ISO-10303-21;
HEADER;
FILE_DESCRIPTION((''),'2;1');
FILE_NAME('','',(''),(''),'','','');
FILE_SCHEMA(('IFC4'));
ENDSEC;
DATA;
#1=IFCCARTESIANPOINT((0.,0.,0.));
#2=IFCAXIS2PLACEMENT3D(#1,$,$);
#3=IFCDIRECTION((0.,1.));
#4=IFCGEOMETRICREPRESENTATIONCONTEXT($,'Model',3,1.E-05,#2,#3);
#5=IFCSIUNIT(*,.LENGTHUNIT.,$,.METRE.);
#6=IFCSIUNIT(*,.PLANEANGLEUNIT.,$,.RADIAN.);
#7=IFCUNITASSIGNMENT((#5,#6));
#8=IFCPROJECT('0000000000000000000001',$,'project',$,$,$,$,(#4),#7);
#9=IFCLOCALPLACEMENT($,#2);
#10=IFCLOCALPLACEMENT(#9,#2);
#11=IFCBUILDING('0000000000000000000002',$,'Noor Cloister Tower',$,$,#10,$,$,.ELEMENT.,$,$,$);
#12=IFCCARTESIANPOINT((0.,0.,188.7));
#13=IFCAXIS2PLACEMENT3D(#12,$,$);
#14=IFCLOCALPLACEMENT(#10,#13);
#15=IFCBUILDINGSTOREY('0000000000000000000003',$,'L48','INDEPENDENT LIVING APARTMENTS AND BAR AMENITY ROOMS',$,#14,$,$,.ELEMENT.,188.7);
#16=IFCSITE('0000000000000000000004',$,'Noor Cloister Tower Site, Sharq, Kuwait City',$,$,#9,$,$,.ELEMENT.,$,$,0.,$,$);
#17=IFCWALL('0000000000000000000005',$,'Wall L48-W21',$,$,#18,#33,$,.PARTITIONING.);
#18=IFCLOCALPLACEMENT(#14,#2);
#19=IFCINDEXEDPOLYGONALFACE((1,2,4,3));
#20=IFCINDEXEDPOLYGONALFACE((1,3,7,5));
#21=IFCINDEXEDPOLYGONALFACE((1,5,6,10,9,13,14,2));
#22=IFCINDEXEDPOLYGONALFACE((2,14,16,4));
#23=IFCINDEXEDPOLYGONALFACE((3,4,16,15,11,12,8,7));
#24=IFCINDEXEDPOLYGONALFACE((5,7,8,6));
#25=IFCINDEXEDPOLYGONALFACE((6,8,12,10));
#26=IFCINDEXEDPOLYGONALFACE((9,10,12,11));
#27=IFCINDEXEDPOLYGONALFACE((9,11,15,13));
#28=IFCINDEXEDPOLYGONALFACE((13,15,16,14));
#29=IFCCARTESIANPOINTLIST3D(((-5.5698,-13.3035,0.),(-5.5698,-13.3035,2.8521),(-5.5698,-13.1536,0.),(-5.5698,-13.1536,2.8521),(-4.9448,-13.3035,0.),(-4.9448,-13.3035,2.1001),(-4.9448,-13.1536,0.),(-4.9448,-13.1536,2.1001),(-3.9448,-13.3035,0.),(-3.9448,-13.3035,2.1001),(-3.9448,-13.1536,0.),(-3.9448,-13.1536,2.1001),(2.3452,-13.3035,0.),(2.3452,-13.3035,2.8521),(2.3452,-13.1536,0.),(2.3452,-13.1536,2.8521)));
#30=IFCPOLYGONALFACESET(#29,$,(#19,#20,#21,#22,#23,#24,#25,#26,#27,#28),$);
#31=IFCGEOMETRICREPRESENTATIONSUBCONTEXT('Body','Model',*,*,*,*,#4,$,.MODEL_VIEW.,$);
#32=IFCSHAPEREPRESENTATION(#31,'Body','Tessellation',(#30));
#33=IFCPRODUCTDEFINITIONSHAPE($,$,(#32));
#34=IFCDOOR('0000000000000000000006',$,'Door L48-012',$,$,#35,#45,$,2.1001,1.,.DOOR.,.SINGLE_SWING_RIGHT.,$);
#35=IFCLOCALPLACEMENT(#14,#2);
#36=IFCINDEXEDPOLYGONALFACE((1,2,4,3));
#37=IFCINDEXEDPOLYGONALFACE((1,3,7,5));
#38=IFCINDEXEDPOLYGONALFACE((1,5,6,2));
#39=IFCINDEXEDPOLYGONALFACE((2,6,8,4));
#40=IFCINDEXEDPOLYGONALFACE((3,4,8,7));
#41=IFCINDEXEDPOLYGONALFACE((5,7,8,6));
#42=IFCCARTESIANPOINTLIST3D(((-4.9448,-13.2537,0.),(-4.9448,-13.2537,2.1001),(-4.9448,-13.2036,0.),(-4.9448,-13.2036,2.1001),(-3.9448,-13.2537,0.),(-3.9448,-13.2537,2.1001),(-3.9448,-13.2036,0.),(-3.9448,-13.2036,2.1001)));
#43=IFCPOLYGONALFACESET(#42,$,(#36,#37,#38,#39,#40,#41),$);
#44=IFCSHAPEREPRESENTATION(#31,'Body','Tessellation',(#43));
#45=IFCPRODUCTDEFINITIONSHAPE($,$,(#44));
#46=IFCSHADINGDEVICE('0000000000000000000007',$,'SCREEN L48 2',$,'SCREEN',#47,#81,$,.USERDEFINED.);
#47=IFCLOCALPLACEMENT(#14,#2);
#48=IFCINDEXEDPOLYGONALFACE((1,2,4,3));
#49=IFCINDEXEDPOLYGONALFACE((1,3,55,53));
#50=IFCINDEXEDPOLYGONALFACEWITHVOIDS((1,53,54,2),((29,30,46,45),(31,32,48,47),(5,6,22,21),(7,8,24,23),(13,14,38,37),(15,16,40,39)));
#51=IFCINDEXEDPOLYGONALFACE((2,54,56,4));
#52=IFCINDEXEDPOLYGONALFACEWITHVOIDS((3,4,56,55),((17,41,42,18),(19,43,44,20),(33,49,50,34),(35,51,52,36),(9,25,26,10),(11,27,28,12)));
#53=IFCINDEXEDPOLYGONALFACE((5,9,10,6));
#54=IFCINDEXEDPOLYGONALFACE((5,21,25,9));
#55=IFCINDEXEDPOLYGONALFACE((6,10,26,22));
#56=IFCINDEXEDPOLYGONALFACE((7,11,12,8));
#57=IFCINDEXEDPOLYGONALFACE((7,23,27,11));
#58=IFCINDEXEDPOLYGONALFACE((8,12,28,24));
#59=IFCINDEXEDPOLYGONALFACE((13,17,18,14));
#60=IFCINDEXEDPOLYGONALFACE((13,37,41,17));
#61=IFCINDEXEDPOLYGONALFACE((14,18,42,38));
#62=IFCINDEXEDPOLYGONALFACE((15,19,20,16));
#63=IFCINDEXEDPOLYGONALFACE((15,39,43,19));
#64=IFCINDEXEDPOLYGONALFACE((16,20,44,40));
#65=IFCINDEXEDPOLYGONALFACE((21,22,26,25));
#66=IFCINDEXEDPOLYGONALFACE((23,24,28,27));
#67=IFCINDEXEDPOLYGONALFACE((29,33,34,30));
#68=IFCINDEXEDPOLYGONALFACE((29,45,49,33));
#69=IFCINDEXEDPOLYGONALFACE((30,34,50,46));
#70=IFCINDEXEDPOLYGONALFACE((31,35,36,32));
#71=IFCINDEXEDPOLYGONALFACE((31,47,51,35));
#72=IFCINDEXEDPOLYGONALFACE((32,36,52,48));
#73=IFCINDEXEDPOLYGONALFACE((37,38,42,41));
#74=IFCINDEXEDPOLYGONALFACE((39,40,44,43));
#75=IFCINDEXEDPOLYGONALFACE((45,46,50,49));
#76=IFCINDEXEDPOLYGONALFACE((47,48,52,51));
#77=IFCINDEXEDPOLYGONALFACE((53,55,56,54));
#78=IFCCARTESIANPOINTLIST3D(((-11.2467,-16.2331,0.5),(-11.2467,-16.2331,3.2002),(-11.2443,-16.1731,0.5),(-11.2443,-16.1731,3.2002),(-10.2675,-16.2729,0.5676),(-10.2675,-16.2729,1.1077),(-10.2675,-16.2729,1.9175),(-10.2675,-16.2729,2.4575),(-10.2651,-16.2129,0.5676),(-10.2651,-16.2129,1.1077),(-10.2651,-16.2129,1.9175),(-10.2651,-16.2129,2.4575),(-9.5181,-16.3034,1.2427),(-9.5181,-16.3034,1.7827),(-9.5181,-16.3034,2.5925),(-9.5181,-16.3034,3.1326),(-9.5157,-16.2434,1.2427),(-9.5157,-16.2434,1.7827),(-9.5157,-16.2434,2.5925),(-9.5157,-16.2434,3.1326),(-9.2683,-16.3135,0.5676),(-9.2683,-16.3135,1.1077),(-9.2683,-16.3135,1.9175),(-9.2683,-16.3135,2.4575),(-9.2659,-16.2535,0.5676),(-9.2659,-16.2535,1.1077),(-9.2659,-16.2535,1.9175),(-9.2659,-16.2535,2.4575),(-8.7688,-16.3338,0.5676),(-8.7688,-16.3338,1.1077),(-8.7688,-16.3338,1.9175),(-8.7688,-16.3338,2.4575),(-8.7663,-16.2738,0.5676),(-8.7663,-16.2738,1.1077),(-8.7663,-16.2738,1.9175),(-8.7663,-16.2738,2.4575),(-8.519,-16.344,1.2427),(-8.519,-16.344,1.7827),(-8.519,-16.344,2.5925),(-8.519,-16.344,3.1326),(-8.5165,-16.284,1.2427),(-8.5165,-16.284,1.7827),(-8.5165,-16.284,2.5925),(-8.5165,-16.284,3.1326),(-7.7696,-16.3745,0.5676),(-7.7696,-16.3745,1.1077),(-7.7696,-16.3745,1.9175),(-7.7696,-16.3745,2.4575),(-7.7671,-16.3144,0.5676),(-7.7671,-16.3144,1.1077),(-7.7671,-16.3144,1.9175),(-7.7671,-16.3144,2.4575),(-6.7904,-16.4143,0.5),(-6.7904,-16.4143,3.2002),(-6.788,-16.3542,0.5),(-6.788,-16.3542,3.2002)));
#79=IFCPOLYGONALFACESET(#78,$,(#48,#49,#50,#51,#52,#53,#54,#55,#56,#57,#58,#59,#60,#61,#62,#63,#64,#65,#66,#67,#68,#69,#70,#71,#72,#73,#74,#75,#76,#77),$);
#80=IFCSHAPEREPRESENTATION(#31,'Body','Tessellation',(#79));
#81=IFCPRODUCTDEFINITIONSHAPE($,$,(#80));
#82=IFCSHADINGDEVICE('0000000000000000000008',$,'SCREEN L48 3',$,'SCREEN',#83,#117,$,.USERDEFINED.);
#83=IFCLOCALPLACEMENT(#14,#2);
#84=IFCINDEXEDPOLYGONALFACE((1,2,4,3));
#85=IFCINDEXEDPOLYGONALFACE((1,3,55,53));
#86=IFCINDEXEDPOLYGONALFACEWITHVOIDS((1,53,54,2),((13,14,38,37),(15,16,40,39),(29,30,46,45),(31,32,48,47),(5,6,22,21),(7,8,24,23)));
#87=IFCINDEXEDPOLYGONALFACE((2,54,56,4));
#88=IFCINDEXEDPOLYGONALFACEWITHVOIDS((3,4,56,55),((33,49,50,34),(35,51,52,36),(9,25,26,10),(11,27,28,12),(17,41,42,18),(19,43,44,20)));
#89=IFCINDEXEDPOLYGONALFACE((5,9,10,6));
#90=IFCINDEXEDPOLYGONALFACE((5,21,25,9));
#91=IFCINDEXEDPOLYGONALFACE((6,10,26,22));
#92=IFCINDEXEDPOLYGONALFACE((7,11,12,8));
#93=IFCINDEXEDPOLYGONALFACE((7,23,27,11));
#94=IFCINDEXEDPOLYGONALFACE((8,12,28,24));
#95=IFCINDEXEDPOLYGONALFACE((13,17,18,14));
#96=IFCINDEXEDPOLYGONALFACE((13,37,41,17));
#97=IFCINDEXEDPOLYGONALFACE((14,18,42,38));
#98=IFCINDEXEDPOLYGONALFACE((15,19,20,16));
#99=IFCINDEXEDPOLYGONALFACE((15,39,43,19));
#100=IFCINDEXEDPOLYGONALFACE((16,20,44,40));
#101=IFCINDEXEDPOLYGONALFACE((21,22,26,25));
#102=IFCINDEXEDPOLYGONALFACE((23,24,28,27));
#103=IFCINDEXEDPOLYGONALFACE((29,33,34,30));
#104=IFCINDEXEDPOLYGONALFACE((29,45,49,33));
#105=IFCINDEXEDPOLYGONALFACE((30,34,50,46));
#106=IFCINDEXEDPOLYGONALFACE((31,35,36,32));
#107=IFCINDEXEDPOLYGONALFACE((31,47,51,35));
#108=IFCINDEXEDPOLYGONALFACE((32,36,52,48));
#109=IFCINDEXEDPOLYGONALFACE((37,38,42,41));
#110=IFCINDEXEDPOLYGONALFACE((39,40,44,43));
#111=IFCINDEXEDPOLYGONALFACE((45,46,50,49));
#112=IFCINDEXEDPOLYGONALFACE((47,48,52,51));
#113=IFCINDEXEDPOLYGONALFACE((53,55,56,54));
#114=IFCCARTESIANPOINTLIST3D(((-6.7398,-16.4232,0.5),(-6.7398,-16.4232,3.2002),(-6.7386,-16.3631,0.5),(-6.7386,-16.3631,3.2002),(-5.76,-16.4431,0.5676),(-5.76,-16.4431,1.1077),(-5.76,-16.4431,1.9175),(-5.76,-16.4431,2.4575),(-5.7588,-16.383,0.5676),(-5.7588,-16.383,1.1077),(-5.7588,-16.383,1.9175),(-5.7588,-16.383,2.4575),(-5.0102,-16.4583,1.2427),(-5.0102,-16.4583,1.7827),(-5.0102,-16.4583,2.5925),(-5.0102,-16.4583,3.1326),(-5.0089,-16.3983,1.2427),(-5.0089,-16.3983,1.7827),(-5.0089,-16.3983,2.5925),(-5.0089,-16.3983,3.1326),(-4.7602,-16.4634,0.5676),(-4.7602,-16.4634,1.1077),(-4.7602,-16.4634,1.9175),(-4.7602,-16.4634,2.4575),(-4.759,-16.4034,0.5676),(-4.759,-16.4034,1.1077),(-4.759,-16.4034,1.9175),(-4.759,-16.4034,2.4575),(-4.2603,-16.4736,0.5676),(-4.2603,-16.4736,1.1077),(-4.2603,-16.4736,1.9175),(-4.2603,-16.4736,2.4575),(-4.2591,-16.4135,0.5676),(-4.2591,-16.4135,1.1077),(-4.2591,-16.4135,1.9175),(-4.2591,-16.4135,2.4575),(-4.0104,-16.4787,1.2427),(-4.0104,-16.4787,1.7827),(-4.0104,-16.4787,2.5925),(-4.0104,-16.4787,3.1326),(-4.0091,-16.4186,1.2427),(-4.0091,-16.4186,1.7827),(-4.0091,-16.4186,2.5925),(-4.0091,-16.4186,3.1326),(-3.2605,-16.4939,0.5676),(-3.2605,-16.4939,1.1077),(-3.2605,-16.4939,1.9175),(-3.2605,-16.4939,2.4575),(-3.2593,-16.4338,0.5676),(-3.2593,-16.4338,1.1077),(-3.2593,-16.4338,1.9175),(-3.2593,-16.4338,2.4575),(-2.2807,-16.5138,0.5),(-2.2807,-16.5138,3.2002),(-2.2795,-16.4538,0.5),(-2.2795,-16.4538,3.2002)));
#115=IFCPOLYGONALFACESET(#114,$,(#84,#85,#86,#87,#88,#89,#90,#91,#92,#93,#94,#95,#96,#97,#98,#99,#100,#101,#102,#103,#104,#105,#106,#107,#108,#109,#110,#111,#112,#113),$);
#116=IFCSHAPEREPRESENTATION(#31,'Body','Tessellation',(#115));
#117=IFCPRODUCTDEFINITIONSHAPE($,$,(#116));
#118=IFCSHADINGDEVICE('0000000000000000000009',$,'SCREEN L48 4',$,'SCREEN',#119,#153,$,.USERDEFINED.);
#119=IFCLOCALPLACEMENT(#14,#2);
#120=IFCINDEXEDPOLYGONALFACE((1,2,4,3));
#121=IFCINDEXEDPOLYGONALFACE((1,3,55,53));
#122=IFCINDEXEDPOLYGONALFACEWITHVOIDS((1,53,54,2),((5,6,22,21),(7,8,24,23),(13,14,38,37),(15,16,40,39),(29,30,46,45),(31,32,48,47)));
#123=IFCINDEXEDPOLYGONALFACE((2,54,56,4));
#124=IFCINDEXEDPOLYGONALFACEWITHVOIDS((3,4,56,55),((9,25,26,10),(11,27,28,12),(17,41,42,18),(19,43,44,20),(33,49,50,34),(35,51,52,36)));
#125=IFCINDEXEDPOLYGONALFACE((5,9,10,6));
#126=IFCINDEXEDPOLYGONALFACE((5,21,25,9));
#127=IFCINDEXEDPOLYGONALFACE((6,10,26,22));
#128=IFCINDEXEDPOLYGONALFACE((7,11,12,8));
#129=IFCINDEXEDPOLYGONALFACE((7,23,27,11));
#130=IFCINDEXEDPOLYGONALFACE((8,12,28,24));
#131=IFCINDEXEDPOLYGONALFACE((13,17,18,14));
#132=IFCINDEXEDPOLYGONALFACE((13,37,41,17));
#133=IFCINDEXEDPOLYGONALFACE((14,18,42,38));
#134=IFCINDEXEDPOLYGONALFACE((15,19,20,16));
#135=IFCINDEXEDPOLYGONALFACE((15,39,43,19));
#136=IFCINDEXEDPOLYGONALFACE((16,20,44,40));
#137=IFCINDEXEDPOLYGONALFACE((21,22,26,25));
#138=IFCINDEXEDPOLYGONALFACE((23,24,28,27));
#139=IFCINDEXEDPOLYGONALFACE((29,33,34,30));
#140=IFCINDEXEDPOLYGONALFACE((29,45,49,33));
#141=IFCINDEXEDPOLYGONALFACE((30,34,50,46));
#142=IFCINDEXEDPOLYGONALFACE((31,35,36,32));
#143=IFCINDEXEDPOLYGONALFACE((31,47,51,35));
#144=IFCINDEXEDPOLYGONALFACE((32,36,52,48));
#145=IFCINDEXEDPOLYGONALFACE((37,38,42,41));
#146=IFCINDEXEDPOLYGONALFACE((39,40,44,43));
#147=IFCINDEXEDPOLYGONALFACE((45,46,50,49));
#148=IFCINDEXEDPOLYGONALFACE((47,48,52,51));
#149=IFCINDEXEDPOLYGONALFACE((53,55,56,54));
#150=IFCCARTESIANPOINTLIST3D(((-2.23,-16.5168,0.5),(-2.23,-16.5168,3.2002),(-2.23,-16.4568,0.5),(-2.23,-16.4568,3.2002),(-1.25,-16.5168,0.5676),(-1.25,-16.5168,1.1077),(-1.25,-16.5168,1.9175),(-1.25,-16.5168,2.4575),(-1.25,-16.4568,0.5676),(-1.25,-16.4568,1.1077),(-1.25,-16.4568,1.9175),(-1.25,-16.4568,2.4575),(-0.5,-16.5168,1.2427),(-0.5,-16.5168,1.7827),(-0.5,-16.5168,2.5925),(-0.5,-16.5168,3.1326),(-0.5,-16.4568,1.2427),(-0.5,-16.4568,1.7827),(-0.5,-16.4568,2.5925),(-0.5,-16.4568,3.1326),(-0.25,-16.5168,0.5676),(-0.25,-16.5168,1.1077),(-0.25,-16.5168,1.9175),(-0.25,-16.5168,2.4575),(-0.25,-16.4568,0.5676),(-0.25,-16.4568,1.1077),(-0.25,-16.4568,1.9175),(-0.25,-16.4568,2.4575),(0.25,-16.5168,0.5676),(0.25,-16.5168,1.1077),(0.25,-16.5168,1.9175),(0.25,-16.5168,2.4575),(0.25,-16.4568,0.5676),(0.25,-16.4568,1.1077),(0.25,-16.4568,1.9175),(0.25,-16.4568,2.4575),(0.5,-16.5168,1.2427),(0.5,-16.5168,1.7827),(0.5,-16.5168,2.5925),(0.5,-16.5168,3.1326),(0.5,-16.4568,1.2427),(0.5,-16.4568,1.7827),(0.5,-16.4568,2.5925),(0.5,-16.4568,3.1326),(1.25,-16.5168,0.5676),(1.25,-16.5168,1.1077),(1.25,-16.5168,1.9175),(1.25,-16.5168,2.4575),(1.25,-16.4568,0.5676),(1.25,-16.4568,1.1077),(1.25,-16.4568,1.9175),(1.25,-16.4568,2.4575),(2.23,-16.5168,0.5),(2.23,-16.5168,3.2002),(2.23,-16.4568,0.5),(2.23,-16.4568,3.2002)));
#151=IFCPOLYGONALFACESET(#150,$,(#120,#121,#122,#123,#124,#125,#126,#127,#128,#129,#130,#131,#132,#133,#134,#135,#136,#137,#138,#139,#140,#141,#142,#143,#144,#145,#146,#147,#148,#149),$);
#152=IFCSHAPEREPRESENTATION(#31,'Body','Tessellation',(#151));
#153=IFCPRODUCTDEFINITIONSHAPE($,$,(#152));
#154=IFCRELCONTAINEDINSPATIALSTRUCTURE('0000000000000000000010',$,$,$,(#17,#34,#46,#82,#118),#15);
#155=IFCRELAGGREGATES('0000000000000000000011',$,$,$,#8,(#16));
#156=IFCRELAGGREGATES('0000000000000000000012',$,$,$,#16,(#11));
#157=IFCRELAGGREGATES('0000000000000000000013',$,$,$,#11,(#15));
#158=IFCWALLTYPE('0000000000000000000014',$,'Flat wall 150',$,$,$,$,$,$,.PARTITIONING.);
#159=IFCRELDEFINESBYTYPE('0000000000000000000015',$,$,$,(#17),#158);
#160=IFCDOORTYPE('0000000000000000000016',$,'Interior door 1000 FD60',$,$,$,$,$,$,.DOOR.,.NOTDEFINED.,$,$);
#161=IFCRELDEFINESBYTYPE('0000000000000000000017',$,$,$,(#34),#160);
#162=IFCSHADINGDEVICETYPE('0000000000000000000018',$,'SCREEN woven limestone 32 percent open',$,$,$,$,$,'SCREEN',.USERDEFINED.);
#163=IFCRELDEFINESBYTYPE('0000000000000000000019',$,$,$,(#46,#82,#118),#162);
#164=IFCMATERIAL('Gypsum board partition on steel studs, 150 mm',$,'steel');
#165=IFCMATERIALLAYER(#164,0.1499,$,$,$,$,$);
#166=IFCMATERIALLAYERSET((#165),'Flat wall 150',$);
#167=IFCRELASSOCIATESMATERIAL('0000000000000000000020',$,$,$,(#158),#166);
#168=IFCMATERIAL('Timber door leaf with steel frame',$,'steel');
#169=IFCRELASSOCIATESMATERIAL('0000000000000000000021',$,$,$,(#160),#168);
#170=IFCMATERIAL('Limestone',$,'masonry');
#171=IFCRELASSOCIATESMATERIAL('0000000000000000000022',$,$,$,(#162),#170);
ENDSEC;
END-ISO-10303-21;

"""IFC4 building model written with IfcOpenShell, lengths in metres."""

from ifc_helpers import new_model, si_unit, direction, frame, frame_2d, origin, place, context, subcontext, project, spatial, polyline, rectangle, outline, extrude, material, layer, layer_set, material_profile, profile_set, type_object, element, fill, save


model = new_model("IFC4")

# Units and contexts
model_context = context("Model", 3, precision=1e-05, world=origin(), true_north=direction((0.0, 1.0)))
body_context = subcontext(model_context, "Body", "Model", "MODEL_VIEW")
ifc_project = project(units=[si_unit("LENGTHUNIT", "METRE"), si_unit("PLANEANGLEUNIT", "RADIAN")], contexts=[model_context])

# Site, building, storey
site_placement = place(None, origin())
site = spatial("IfcSite", under=ifc_project, at=site_placement, Name="Noor Cloister Tower Site, Sharq, Kuwait City", CompositionType="ELEMENT", RefElevation=0.0)
building_placement = place(site_placement, origin())
building = spatial("IfcBuilding", under=site, at=building_placement, Name="Noor Cloister Tower", CompositionType="ELEMENT")
storey_placement = place(building_placement, frame((0.0, 0.0, 188.7)))
storey = spatial("IfcBuildingStorey", under=building, at=storey_placement, Name="L48", Description="INDEPENDENT LIVING APARTMENTS AND BAR AMENITY ROOMS", CompositionType="ELEMENT", Elevation=188.7)

# Wall, opening, door
ifc_material_1 = material(Name="Gypsum board partition on steel studs, 150 mm", Category="steel")
ifc_layer_1 = layer(ifc_material_1, 0.1499)
ifc_layer_set_1 = layer_set([ifc_layer_1], Name="Flat wall 150")
wall_type = type_object("IfcWallType", Name="Flat wall 150", PredefinedType="PARTITIONING", material=ifc_layer_set_1)
wall_placement = place(storey_placement, frame((-5.5698, -13.2285, 0.0), z_axis=(0.0, 0.0, 1.0), x_axis=(1.0, 0.0, 0.0)))
wall = element("IfcWall", 1, at=wall_placement, inside=storey, type_object=wall_type, Name="Wall L48-W21", PredefinedType="PARTITIONING", context=body_context, shape_type="SweptSolid", body=[
    extrude(rectangle(XDim=7.915, YDim=0.1499, at=frame_2d((3.9575, 0.0))), origin(), (0.0, 0.0, 1.0), 2.8521),
])
opening_placement = place(wall_placement, frame((0.625, 0.0, 0.0)))
opening = element("IfcOpeningElement", 2, at=opening_placement, cuts=wall, PredefinedType="OPENING", context=body_context, shape_type="SweptSolid", body=[
    extrude(rectangle(XDim=1.0, YDim=2.1001, at=frame_2d((0.5, 1.05))), frame((0.0, 0.085, 0.0), z_axis=(0.0, -1.0, 0.0), x_axis=(1.0, 0.0, 0.0)), (0.0, 0.0, 1.0), 0.1699),
])
ifc_material_2 = material(Name="Timber door leaf with steel frame", Category="steel")
door_type = type_object("IfcDoorType", Name="Interior door 1000 FD60", OperationType="NOTDEFINED", PredefinedType="DOOR", material=ifc_material_2)
door_placement = place(opening_placement, origin())
door = element("IfcDoor", 3, at=door_placement, inside=storey, type_object=door_type, Name="Door L48-012", OperationType="SINGLE_SWING_RIGHT", OverallHeight=2.1001, OverallWidth=1.0, PredefinedType="DOOR", context=body_context, shape_type="SweptSolid", body=[
    extrude(rectangle(XDim=1.0, YDim=2.1001, at=frame_2d((0.5, 1.05))), frame((0.0, 0.0249, 0.0), z_axis=(0.0, -1.0, 0.0), x_axis=(1.0, 0.0, 0.0)), (0.0, 0.0, 1.0), 0.05),
])
fill(opening, door)

# Shading devices
ifc_material_3 = material(Name="Limestone", Category="masonry")
ifc_material_profile_1 = material_profile(ifc_material_3, outline(polyline([(-2.23, -1.3501), (2.23, -1.3501), (2.23, 1.3501), (-2.23, 1.3501), (-2.23, -1.3501)]), holes=[polyline([(-1.25, -1.2825), (-0.25, -1.2825), (-0.25, -0.7424), (-1.25, -0.7424), (-1.25, -1.2825)]), polyline([(0.25, -1.2825), (1.25, -1.2825), (1.25, -0.7424), (0.25, -0.7424), (0.25, -1.2825)]), polyline([(-0.5, -0.6074), (0.5, -0.6074), (0.5, -0.0674), (-0.5, -0.0674), (-0.5, -0.6074)]), polyline([(-1.25, 0.0674), (-0.25, 0.0674), (-0.25, 0.6074), (-1.25, 0.6074), (-1.25, 0.0674)]), polyline([(0.25, 0.0674), (1.25, 0.0674), (1.25, 0.6074), (0.25, 0.6074), (0.25, 0.0674)]), polyline([(-0.5, 0.7424), (0.5, 0.7424), (0.5, 1.2825), (-0.5, 1.2825), (-0.5, 0.7424)])]), Name="Woven screen 32 percent open")
ifc_profile_set_1 = profile_set([ifc_material_profile_1], Name="Limestone")
shading_device_type = type_object("IfcShadingDeviceType", Name="SCREEN woven limestone 32 percent open", ElementType="SCREEN", PredefinedType="USERDEFINED", material=ifc_profile_set_1)
for number, where, z_axis, x_axis, name in (
    (4, (-9.0161, -16.2637, 1.8501), (-0.040617, -0.999175, 0.0), (0.999175, -0.040617, 0.0), "SCREEN L48 2"),
    (5, (-4.509, -16.4084, 1.8501), (-0.020321, -0.999794, 0.0), (0.999794, -0.020321, 0.0), "SCREEN L48 3"),
    (6, (0.0, -16.4568, 1.8501), (0.0, -1.0, 0.0), (1.0, 0.0, 0.0), "SCREEN L48 4"),
):
    element("IfcShadingDevice", number, at=place(storey_placement, frame(where, z_axis=z_axis, x_axis=x_axis)), inside=storey, type_object=shading_device_type, Name=name, ObjectType="SCREEN", PredefinedType="USERDEFINED", context=body_context, shape_type="SweptSolid", body=[
        extrude(outline(polyline([(-2.23, -1.3501), (2.23, -1.3501), (2.23, 1.3501), (-2.23, 1.3501), (-2.23, -1.3501)]), holes=[polyline([(-1.25, -1.2825), (-0.25, -1.2825), (-0.25, -0.7424), (-1.25, -0.7424), (-1.25, -1.2825)]), polyline([(0.25, -1.2825), (1.25, -1.2825), (1.25, -0.7424), (0.25, -0.7424), (0.25, -1.2825)]), polyline([(-0.5, -0.6074), (0.5, -0.6074), (0.5, -0.0674), (-0.5, -0.0674), (-0.5, -0.6074)]), polyline([(-1.25, 0.0674), (-0.25, 0.0674), (-0.25, 0.6074), (-1.25, 0.6074), (-1.25, 0.0674)]), polyline([(0.25, 0.0674), (1.25, 0.0674), (1.25, 0.6074), (0.25, 0.6074), (0.25, 0.0674)]), polyline([(-0.5, 0.7424), (0.5, 0.7424), (0.5, 1.2825), (-0.5, 1.2825), (-0.5, 0.7424)])]), origin(), (0.0, 0.0, 1.0), 0.0601),
    ])

save(model, "model.ifc")
